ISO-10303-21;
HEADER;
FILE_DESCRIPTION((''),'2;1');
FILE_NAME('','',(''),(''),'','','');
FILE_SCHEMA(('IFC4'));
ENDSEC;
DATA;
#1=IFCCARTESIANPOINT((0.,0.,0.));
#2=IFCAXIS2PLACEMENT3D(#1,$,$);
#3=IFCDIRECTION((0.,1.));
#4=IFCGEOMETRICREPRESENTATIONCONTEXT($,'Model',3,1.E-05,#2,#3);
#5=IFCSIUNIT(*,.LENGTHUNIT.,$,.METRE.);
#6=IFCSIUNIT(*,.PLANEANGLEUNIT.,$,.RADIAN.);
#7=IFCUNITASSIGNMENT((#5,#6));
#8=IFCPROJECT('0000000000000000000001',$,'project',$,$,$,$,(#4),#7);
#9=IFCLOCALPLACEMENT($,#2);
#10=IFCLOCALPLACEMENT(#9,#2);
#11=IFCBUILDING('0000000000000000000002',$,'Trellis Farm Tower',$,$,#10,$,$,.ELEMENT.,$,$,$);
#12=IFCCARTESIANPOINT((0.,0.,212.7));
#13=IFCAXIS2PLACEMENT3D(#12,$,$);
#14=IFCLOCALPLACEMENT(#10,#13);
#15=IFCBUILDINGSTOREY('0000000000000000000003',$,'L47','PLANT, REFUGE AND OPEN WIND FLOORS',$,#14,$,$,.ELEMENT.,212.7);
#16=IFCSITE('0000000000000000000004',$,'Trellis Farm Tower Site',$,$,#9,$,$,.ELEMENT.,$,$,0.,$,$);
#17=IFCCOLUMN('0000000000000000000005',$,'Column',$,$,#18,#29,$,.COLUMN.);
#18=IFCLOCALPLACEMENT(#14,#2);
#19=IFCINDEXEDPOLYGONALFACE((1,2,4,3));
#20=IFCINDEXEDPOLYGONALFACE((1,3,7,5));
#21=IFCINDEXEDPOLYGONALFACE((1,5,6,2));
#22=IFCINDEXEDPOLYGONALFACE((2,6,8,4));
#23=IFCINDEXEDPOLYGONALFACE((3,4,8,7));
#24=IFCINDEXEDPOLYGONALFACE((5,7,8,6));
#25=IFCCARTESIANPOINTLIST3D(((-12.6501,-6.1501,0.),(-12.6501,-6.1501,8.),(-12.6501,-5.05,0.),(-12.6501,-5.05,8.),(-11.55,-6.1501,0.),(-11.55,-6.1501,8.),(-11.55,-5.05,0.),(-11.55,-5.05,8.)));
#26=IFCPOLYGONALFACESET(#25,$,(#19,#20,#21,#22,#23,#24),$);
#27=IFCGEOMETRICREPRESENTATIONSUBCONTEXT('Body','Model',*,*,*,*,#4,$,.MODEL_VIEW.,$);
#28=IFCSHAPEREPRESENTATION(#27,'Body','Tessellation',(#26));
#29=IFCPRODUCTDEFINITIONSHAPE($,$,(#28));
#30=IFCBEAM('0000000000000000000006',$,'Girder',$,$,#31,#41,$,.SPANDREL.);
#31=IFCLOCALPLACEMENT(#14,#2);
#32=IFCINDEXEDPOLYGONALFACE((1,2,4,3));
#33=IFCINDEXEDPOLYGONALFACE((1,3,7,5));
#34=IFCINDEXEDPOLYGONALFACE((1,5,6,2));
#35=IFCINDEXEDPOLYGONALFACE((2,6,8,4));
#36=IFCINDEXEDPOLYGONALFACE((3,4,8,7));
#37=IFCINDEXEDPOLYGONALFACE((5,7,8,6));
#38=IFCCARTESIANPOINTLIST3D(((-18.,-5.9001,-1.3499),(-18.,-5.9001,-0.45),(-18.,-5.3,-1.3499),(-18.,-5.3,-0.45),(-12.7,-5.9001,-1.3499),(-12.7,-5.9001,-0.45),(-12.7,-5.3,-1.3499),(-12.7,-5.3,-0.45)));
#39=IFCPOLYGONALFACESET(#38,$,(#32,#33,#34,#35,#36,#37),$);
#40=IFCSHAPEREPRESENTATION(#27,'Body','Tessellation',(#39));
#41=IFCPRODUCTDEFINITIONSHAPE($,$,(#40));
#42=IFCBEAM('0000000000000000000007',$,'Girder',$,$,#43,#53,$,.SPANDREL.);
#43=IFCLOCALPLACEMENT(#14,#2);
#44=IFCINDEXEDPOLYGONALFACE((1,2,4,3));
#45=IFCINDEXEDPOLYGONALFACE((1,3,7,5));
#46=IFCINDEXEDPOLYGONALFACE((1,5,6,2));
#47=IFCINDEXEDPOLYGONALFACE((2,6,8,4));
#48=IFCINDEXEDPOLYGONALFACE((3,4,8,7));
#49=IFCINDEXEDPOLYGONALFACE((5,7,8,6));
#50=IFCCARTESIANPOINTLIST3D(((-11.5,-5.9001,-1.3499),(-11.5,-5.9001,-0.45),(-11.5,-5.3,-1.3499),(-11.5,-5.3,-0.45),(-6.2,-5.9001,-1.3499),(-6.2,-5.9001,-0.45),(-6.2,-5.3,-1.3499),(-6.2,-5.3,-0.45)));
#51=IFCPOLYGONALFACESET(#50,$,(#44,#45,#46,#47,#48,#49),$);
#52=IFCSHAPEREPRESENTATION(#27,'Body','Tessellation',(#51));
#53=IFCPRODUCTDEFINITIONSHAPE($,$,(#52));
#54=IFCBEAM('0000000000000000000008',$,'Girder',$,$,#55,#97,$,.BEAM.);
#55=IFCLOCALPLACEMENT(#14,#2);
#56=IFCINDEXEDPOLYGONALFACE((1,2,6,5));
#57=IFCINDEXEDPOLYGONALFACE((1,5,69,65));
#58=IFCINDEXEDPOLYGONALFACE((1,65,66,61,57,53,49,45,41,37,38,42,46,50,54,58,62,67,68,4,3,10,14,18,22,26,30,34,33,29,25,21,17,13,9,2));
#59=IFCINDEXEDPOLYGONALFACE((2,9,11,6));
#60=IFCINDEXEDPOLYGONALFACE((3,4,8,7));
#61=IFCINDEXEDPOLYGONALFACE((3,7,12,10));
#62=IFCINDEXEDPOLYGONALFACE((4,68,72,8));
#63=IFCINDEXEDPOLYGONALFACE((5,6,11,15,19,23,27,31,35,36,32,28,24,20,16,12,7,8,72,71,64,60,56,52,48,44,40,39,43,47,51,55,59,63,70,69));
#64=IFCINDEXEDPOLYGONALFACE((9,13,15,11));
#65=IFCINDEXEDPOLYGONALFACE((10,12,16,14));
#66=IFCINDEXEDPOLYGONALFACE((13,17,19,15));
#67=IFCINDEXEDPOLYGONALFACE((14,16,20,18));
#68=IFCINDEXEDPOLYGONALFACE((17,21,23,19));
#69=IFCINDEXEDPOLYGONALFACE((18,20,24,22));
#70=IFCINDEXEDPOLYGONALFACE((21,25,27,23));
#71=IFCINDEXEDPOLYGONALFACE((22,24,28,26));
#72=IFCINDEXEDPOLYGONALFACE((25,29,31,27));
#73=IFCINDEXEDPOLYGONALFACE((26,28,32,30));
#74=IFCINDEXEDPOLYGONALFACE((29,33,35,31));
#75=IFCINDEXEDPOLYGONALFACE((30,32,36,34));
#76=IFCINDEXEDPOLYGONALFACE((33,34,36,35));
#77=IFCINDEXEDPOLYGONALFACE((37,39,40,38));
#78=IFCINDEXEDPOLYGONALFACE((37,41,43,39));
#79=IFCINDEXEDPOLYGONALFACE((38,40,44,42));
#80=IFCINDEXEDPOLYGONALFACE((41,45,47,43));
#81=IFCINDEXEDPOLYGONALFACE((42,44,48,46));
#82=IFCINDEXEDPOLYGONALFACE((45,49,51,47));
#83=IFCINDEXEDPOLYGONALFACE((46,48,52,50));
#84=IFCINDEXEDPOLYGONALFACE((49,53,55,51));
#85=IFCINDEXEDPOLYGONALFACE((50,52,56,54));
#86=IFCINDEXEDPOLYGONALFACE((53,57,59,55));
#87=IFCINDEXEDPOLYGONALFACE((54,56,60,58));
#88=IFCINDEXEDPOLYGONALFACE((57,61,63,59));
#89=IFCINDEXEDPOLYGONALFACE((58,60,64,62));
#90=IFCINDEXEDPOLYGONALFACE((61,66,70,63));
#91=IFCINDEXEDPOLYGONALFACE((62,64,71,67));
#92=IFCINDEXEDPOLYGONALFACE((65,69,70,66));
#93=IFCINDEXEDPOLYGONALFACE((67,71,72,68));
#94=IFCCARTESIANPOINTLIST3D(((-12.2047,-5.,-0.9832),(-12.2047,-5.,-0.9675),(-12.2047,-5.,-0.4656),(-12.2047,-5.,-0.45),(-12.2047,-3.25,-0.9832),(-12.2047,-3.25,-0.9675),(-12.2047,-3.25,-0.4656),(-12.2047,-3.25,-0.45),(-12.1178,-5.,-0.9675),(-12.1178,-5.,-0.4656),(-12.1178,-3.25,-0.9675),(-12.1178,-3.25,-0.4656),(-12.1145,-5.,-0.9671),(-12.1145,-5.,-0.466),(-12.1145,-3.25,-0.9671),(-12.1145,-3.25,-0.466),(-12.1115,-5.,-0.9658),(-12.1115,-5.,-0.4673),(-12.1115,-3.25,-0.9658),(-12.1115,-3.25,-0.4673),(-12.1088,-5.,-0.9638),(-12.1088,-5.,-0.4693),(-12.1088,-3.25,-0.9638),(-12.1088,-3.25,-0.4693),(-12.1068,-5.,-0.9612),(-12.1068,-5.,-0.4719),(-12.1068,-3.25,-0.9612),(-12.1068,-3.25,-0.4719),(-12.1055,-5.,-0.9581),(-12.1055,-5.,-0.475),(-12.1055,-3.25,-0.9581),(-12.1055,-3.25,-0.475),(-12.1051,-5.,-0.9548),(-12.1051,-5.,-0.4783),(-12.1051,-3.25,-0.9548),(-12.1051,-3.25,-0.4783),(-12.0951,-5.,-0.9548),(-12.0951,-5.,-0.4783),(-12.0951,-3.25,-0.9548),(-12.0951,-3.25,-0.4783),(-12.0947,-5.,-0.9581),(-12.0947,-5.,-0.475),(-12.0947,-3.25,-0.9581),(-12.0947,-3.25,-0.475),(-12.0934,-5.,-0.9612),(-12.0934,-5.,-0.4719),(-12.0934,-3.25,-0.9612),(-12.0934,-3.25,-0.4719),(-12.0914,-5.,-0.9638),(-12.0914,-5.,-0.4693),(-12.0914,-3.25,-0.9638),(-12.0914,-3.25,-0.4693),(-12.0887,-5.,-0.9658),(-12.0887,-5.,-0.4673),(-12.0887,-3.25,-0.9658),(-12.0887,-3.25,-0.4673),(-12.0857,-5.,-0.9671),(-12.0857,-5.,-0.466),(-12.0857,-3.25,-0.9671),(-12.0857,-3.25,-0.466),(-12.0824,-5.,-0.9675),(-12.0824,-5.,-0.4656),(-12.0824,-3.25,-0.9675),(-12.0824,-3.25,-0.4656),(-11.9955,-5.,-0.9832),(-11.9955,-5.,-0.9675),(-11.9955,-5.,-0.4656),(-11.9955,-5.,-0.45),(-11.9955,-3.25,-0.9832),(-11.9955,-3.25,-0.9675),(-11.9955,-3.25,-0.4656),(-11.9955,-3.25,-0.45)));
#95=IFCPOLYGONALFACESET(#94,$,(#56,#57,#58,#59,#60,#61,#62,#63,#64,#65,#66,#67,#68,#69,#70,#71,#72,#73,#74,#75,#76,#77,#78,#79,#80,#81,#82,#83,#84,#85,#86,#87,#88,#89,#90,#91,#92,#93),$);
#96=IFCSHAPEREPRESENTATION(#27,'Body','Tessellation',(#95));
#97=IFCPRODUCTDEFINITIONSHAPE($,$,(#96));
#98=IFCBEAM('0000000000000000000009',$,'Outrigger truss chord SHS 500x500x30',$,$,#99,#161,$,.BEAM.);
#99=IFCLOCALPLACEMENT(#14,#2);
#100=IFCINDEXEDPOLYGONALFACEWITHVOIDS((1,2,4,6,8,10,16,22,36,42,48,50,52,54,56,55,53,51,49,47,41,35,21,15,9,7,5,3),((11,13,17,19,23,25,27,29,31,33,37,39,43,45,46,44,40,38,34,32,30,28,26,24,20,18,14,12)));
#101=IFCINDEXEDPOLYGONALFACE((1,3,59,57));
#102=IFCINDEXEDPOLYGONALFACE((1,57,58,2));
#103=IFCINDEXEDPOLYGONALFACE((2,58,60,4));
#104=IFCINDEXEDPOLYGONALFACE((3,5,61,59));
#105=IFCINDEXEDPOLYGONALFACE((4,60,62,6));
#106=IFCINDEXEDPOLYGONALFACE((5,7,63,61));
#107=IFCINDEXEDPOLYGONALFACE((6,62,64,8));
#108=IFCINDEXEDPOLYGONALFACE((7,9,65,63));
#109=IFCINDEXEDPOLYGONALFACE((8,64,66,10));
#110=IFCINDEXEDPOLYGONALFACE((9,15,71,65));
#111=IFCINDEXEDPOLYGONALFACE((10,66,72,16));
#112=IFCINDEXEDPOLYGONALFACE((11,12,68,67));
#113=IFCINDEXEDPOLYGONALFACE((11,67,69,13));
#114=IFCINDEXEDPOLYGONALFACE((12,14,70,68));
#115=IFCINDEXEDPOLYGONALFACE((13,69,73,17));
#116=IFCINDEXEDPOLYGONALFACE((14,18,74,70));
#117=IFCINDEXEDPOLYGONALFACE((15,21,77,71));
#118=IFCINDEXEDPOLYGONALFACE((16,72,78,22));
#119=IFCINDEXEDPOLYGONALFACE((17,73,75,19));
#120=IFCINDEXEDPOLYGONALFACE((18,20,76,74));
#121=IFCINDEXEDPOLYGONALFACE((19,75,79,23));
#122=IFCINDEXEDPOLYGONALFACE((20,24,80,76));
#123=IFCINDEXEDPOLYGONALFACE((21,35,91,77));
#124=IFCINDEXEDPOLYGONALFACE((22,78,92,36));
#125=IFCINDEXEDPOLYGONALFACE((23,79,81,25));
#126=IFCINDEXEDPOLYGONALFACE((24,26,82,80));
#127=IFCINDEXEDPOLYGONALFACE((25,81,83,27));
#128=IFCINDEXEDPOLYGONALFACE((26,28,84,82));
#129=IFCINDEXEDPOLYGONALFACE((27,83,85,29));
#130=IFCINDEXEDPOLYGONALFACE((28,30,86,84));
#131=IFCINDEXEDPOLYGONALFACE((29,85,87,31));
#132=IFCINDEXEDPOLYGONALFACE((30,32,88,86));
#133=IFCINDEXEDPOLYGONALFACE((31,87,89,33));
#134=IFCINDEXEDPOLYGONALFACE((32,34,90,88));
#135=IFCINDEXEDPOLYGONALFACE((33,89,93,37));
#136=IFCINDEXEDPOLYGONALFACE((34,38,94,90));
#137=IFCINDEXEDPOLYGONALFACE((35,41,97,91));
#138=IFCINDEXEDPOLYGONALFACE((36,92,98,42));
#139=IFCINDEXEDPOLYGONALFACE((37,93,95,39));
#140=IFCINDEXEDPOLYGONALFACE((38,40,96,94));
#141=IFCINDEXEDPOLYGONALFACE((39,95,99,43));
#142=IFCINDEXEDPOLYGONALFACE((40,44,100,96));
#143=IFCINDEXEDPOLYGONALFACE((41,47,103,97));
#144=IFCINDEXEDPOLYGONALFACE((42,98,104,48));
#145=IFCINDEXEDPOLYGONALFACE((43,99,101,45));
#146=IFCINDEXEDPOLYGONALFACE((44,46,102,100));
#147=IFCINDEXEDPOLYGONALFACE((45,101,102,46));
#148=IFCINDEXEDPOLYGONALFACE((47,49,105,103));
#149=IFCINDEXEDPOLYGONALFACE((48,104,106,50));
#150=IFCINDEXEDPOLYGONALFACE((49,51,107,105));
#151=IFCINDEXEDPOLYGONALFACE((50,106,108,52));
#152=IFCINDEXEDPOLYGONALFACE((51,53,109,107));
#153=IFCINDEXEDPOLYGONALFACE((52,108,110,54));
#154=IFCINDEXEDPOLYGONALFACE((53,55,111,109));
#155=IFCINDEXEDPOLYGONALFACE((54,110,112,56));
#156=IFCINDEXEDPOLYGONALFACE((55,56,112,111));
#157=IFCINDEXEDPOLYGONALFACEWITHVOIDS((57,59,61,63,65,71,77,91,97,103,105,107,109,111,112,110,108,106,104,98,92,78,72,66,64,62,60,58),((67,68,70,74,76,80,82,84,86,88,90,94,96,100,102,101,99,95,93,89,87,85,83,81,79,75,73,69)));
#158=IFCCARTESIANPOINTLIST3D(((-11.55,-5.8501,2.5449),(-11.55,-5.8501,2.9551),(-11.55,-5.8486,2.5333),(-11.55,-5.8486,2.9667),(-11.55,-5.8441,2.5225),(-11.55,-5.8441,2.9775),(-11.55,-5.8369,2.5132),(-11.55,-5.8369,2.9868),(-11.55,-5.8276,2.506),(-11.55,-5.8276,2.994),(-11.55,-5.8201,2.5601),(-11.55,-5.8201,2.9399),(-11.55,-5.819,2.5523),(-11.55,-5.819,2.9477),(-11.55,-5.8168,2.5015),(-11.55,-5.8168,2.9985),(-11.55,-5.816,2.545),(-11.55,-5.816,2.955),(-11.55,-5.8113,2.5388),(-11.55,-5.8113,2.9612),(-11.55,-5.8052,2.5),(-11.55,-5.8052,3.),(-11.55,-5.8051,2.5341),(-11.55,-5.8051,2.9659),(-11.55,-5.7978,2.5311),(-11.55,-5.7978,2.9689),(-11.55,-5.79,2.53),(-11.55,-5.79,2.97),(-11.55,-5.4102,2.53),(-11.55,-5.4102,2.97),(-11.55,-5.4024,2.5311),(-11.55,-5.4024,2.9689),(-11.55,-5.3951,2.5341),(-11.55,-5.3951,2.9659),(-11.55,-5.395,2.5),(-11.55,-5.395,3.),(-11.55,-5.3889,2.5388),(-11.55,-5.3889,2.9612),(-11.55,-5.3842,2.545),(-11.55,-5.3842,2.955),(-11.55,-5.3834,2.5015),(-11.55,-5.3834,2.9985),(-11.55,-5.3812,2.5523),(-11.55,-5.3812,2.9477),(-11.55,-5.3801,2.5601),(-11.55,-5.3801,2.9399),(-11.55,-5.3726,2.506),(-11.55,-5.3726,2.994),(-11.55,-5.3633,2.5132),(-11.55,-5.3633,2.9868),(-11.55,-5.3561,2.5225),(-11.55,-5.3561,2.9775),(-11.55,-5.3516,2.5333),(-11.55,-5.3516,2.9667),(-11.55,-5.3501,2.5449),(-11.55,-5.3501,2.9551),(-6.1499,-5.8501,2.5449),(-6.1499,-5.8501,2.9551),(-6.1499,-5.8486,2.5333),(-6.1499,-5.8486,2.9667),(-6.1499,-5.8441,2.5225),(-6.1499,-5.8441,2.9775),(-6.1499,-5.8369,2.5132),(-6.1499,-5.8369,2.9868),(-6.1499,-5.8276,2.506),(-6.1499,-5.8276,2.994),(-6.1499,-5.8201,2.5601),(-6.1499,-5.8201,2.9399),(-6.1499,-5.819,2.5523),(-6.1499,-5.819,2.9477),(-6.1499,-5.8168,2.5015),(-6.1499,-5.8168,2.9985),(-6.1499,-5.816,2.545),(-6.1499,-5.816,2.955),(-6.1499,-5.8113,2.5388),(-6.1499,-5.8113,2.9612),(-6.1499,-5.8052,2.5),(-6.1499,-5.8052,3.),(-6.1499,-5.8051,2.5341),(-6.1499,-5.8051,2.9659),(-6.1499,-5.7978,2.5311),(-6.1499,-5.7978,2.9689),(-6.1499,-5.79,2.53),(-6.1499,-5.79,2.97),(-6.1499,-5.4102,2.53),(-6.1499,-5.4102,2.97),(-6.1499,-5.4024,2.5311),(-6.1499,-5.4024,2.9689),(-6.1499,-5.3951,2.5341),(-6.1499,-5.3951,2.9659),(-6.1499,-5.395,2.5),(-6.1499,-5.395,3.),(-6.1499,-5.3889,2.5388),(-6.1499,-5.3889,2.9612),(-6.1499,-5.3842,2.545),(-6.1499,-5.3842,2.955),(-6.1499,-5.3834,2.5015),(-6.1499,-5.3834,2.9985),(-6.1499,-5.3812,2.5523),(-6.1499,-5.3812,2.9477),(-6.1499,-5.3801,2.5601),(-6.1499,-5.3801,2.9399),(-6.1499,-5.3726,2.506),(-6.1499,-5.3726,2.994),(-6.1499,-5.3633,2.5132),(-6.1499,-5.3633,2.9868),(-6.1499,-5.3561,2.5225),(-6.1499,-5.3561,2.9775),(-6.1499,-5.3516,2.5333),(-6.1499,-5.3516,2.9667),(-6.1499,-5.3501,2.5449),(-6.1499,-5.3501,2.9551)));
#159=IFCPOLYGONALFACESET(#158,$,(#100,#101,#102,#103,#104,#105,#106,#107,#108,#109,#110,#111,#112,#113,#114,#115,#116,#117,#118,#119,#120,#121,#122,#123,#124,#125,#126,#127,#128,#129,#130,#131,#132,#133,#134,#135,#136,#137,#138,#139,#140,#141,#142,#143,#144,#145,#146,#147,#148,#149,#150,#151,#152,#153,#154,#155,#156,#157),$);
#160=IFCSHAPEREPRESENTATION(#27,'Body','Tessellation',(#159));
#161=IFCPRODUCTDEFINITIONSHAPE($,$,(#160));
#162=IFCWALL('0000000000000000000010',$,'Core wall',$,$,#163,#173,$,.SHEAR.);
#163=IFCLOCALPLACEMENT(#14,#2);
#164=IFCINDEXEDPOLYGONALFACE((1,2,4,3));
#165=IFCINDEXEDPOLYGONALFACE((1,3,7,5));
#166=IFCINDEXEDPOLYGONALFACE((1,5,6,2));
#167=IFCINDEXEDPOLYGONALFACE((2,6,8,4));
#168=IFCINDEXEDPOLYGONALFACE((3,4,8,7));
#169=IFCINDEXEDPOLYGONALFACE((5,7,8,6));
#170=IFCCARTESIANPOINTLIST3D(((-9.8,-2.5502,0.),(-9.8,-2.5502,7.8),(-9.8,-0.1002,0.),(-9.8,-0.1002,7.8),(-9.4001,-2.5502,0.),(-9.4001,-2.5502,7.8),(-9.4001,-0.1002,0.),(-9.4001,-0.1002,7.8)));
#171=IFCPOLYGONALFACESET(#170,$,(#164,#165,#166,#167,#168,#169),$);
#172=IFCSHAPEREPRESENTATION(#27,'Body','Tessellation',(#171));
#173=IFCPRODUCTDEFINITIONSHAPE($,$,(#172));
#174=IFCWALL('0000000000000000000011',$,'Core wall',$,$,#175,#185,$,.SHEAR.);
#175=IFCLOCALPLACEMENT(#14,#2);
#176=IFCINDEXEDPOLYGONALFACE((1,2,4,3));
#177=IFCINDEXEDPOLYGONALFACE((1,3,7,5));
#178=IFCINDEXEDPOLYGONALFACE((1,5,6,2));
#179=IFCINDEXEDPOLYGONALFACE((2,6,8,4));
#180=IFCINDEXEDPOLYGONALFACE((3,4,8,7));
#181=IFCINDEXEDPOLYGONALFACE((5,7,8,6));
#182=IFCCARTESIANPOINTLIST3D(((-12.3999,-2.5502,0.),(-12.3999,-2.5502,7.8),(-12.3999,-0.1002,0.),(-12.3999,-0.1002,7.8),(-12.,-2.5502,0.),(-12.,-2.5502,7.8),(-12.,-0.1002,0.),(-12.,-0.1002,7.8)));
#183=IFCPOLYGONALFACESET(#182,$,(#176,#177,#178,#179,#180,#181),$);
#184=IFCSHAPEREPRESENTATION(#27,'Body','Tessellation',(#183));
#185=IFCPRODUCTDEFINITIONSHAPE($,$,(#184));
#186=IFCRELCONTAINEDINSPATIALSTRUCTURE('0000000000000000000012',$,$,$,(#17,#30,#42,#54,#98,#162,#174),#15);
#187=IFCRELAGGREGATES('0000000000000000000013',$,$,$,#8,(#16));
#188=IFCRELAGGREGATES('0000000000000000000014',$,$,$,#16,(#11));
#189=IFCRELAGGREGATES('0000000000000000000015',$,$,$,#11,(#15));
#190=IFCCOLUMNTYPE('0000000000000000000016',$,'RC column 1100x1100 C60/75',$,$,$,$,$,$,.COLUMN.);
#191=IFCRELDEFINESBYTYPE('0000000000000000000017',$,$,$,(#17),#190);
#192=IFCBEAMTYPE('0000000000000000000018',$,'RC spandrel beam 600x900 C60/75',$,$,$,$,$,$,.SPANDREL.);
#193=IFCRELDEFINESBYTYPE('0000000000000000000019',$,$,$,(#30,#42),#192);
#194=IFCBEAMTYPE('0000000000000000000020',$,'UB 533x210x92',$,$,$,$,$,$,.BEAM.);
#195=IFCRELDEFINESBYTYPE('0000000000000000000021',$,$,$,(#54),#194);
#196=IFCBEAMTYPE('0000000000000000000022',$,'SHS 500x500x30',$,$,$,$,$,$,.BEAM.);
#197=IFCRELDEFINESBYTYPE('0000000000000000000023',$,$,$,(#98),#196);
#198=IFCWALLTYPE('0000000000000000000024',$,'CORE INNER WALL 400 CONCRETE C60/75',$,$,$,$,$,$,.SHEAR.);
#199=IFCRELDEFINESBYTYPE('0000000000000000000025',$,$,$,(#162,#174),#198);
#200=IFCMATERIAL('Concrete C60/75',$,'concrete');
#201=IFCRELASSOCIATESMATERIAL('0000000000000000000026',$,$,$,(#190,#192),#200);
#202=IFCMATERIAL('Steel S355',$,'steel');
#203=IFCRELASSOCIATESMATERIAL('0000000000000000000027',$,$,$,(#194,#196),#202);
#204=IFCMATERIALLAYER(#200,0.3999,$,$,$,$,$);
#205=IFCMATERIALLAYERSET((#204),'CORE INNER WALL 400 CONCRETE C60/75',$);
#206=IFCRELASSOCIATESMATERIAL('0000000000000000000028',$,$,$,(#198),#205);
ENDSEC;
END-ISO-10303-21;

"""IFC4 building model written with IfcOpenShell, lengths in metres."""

from ifc_helpers import new_model, si_unit, direction, frame, frame_2d, origin, origin_2d, place, context, subcontext, project, spatial, rectangle, hollow_rectangle, i_section, extrude, source, transform, mapped, material, layer, layer_set, material_profile, profile_set, type_object, element, save


model = new_model("IFC4")

# Units and contexts
model_context = context("Model", 3, precision=1e-05, world=origin(), true_north=direction((0.0, 1.0)))
body_context = subcontext(model_context, "Body", "Model", "MODEL_VIEW")
ifc_project = project(units=[si_unit("LENGTHUNIT", "METRE"), si_unit("PLANEANGLEUNIT", "RADIAN")], contexts=[model_context])

# Site, building, storey
site_placement = place(None, origin())
site = spatial("IfcSite", under=ifc_project, at=site_placement, Name="Trellis Farm Tower Site", CompositionType="ELEMENT", RefElevation=0.0)
building_placement = place(site_placement, origin())
building = spatial("IfcBuilding", under=site, at=building_placement, Name="Trellis Farm Tower", CompositionType="ELEMENT")
storey_placement = place(building_placement, frame((0.0, 0.0, 212.7)))
storey = spatial("IfcBuildingStorey", under=building, at=storey_placement, Name="L47", Description="PLANT, REFUGE AND OPEN WIND FLOORS", CompositionType="ELEMENT", Elevation=212.7)

# Column
ifc_material_1 = material(Name="Concrete C60/75", Category="concrete")
ifc_material_profile_1 = material_profile(ifc_material_1, rectangle(XDim=1.1001, YDim=1.1001, at=origin_2d()), Name="RC column 1100x1100 C60/75")
ifc_profile_set_1 = profile_set([ifc_material_profile_1], Name="Concrete C60/75")
column_type = type_object("IfcColumnType", Name="RC column 1100x1100 C60/75", PredefinedType="COLUMN", material=ifc_profile_set_1)
shared_shape_1 = source(origin(), body_context, "Body", "SweptSolid", [
    extrude(rectangle(XDim=1.1001, YDim=1.1001, at=origin_2d()), origin(), (0.0, 0.0, 1.0), 8.0),
])
column_placement = place(storey_placement, frame((-12.1001, -5.6001, 0.0), z_axis=(0.0, 0.0, 1.0), x_axis=(1.0, 0.0, 0.0)))
element("IfcColumn", 1, at=column_placement, inside=storey, type_object=column_type, Name="Column", PredefinedType="COLUMN", context=body_context, shape_type="MappedRepresentation", body=[
    mapped(shared_shape_1, transform((0.0, 0.0, 0.0))),
])

# Beams
ifc_material_profile_2 = material_profile(ifc_material_1, rectangle(XDim=0.6001, YDim=0.8999, at=origin_2d()), Name="RC spandrel beam 600x900 C60/75")
ifc_profile_set_2 = profile_set([ifc_material_profile_2], Name="Concrete C60/75")
beam_type_1 = type_object("IfcBeamType", Name="RC spandrel beam 600x900 C60/75", PredefinedType="SPANDREL", material=ifc_profile_set_2)
shared_shape_2 = source(origin(), body_context, "Body", "SweptSolid", [
    extrude(rectangle(XDim=0.6001, YDim=0.8999, at=origin_2d()), origin(), (0.0, 0.0, 1.0), 5.3),
])
for number, where, z_axis, x_axis, name in (
    (2, (-18.0, -5.6001, -0.8999), (1.0, 0.0, 0.0), (0.0, 1.0, 0.0), "Girder"),
    (3, (-11.5, -5.6001, -0.8999), (1.0, 0.0, 0.0), (0.0, 1.0, 0.0), "Girder"),
):
    element("IfcBeam", number, at=place(storey_placement, frame(where, z_axis=z_axis, x_axis=x_axis)), inside=storey, type_object=beam_type_1, Name=name, PredefinedType="SPANDREL", context=body_context, shape_type="MappedRepresentation", body=[
        mapped(shared_shape_2, transform((0.0, 0.0, 0.0))),
    ])
ifc_material_2 = material(Name="Steel S355", Category="steel")
ifc_material_profile_3 = material_profile(ifc_material_2, i_section(OverallWidth=0.2092, OverallDepth=0.5332, WebThickness=0.01, FlangeThickness=0.0156, FilletRadius=0.0127, at=origin_2d()), Name="UB 533x210x92")
ifc_profile_set_3 = profile_set([ifc_material_profile_3], Name="Steel S355")
beam_type_2 = type_object("IfcBeamType", Name="UB 533x210x92", PredefinedType="BEAM", material=ifc_profile_set_3)
shared_shape_3 = source(origin(), body_context, "Body", "SweptSolid", [
    extrude(i_section(OverallWidth=0.2092, OverallDepth=0.5332, WebThickness=0.01, FlangeThickness=0.0156, FilletRadius=0.0127, at=origin_2d()), origin(), (0.0, 0.0, 1.0), 1.75),
])
beam_1_placement = place(storey_placement, frame((-12.1001, -5.0, -0.7166), z_axis=(0.0, 1.0, 0.0), x_axis=(-1.0, 0.0, 0.0)))
element("IfcBeam", 4, at=beam_1_placement, inside=storey, type_object=beam_type_2, Name="Girder", PredefinedType="BEAM", context=body_context, shape_type="MappedRepresentation", body=[
    mapped(shared_shape_3, transform((0.0, 0.0, 0.0))),
])
ifc_material_profile_4 = material_profile(ifc_material_2, hollow_rectangle(XDim=0.5, YDim=0.5, WallThickness=0.03, InnerFilletRadius=0.03, OuterFilletRadius=0.0449, at=origin_2d()), Name="SHS 500x500x30")
ifc_profile_set_4 = profile_set([ifc_material_profile_4], Name="Steel S355")
beam_type_3 = type_object("IfcBeamType", Name="SHS 500x500x30", PredefinedType="BEAM", material=ifc_profile_set_4)
shared_shape_4 = source(origin(), body_context, "Body", "SweptSolid", [
    extrude(hollow_rectangle(XDim=0.5, YDim=0.5, WallThickness=0.03, InnerFilletRadius=0.03, OuterFilletRadius=0.0449, at=origin_2d()), origin(), (0.0, 0.0, 1.0), 5.4001),
])
beam_2_placement = place(storey_placement, frame((-11.55, -5.6001, 2.75), z_axis=(1.0, 0.0, 0.0), x_axis=(0.0, 1.0, 0.0)))
element("IfcBeam", 5, at=beam_2_placement, inside=storey, type_object=beam_type_3, Name="Outrigger truss chord SHS 500x500x30", PredefinedType="BEAM", context=body_context, shape_type="MappedRepresentation", body=[
    mapped(shared_shape_4, transform((0.0, 0.0, 0.0))),
])

# Walls
ifc_layer_1 = layer(ifc_material_1, 0.3999)
ifc_layer_set_1 = layer_set([ifc_layer_1], Name="CORE INNER WALL 400 CONCRETE C60/75")
wall_type_1 = type_object("IfcWallType", Name="CORE INNER WALL 400 CONCRETE C60/75", PredefinedType="SHEAR", material=ifc_layer_set_1)
shared_shape_5 = source(origin(), body_context, "Body", "SweptSolid", [
    extrude(rectangle(XDim=2.45, YDim=0.3999, at=frame_2d((1.2251, 0.0))), origin(), (0.0, 0.0, 1.0), 7.8),
])
for number, where, z_axis, x_axis, name in (
    (6, (-9.6001, -0.1001, 0.0), (0.0, 0.0, 1.0), (0.0, -1.0, 0.0), "Core wall"),
    (7, (-12.2, -0.1001, 0.0), (0.0, 0.0, 1.0), (0.0, -1.0, 0.0), "Core wall"),
):
    element("IfcWall", number, at=place(storey_placement, frame(where, z_axis=z_axis, x_axis=x_axis)), inside=storey, type_object=wall_type_1, Name=name, PredefinedType="SHEAR", context=body_context, shape_type="MappedRepresentation", body=[
        mapped(shared_shape_5, transform((0.0, 0.0, 0.0))),
    ])

save(model, "model.ifc")
